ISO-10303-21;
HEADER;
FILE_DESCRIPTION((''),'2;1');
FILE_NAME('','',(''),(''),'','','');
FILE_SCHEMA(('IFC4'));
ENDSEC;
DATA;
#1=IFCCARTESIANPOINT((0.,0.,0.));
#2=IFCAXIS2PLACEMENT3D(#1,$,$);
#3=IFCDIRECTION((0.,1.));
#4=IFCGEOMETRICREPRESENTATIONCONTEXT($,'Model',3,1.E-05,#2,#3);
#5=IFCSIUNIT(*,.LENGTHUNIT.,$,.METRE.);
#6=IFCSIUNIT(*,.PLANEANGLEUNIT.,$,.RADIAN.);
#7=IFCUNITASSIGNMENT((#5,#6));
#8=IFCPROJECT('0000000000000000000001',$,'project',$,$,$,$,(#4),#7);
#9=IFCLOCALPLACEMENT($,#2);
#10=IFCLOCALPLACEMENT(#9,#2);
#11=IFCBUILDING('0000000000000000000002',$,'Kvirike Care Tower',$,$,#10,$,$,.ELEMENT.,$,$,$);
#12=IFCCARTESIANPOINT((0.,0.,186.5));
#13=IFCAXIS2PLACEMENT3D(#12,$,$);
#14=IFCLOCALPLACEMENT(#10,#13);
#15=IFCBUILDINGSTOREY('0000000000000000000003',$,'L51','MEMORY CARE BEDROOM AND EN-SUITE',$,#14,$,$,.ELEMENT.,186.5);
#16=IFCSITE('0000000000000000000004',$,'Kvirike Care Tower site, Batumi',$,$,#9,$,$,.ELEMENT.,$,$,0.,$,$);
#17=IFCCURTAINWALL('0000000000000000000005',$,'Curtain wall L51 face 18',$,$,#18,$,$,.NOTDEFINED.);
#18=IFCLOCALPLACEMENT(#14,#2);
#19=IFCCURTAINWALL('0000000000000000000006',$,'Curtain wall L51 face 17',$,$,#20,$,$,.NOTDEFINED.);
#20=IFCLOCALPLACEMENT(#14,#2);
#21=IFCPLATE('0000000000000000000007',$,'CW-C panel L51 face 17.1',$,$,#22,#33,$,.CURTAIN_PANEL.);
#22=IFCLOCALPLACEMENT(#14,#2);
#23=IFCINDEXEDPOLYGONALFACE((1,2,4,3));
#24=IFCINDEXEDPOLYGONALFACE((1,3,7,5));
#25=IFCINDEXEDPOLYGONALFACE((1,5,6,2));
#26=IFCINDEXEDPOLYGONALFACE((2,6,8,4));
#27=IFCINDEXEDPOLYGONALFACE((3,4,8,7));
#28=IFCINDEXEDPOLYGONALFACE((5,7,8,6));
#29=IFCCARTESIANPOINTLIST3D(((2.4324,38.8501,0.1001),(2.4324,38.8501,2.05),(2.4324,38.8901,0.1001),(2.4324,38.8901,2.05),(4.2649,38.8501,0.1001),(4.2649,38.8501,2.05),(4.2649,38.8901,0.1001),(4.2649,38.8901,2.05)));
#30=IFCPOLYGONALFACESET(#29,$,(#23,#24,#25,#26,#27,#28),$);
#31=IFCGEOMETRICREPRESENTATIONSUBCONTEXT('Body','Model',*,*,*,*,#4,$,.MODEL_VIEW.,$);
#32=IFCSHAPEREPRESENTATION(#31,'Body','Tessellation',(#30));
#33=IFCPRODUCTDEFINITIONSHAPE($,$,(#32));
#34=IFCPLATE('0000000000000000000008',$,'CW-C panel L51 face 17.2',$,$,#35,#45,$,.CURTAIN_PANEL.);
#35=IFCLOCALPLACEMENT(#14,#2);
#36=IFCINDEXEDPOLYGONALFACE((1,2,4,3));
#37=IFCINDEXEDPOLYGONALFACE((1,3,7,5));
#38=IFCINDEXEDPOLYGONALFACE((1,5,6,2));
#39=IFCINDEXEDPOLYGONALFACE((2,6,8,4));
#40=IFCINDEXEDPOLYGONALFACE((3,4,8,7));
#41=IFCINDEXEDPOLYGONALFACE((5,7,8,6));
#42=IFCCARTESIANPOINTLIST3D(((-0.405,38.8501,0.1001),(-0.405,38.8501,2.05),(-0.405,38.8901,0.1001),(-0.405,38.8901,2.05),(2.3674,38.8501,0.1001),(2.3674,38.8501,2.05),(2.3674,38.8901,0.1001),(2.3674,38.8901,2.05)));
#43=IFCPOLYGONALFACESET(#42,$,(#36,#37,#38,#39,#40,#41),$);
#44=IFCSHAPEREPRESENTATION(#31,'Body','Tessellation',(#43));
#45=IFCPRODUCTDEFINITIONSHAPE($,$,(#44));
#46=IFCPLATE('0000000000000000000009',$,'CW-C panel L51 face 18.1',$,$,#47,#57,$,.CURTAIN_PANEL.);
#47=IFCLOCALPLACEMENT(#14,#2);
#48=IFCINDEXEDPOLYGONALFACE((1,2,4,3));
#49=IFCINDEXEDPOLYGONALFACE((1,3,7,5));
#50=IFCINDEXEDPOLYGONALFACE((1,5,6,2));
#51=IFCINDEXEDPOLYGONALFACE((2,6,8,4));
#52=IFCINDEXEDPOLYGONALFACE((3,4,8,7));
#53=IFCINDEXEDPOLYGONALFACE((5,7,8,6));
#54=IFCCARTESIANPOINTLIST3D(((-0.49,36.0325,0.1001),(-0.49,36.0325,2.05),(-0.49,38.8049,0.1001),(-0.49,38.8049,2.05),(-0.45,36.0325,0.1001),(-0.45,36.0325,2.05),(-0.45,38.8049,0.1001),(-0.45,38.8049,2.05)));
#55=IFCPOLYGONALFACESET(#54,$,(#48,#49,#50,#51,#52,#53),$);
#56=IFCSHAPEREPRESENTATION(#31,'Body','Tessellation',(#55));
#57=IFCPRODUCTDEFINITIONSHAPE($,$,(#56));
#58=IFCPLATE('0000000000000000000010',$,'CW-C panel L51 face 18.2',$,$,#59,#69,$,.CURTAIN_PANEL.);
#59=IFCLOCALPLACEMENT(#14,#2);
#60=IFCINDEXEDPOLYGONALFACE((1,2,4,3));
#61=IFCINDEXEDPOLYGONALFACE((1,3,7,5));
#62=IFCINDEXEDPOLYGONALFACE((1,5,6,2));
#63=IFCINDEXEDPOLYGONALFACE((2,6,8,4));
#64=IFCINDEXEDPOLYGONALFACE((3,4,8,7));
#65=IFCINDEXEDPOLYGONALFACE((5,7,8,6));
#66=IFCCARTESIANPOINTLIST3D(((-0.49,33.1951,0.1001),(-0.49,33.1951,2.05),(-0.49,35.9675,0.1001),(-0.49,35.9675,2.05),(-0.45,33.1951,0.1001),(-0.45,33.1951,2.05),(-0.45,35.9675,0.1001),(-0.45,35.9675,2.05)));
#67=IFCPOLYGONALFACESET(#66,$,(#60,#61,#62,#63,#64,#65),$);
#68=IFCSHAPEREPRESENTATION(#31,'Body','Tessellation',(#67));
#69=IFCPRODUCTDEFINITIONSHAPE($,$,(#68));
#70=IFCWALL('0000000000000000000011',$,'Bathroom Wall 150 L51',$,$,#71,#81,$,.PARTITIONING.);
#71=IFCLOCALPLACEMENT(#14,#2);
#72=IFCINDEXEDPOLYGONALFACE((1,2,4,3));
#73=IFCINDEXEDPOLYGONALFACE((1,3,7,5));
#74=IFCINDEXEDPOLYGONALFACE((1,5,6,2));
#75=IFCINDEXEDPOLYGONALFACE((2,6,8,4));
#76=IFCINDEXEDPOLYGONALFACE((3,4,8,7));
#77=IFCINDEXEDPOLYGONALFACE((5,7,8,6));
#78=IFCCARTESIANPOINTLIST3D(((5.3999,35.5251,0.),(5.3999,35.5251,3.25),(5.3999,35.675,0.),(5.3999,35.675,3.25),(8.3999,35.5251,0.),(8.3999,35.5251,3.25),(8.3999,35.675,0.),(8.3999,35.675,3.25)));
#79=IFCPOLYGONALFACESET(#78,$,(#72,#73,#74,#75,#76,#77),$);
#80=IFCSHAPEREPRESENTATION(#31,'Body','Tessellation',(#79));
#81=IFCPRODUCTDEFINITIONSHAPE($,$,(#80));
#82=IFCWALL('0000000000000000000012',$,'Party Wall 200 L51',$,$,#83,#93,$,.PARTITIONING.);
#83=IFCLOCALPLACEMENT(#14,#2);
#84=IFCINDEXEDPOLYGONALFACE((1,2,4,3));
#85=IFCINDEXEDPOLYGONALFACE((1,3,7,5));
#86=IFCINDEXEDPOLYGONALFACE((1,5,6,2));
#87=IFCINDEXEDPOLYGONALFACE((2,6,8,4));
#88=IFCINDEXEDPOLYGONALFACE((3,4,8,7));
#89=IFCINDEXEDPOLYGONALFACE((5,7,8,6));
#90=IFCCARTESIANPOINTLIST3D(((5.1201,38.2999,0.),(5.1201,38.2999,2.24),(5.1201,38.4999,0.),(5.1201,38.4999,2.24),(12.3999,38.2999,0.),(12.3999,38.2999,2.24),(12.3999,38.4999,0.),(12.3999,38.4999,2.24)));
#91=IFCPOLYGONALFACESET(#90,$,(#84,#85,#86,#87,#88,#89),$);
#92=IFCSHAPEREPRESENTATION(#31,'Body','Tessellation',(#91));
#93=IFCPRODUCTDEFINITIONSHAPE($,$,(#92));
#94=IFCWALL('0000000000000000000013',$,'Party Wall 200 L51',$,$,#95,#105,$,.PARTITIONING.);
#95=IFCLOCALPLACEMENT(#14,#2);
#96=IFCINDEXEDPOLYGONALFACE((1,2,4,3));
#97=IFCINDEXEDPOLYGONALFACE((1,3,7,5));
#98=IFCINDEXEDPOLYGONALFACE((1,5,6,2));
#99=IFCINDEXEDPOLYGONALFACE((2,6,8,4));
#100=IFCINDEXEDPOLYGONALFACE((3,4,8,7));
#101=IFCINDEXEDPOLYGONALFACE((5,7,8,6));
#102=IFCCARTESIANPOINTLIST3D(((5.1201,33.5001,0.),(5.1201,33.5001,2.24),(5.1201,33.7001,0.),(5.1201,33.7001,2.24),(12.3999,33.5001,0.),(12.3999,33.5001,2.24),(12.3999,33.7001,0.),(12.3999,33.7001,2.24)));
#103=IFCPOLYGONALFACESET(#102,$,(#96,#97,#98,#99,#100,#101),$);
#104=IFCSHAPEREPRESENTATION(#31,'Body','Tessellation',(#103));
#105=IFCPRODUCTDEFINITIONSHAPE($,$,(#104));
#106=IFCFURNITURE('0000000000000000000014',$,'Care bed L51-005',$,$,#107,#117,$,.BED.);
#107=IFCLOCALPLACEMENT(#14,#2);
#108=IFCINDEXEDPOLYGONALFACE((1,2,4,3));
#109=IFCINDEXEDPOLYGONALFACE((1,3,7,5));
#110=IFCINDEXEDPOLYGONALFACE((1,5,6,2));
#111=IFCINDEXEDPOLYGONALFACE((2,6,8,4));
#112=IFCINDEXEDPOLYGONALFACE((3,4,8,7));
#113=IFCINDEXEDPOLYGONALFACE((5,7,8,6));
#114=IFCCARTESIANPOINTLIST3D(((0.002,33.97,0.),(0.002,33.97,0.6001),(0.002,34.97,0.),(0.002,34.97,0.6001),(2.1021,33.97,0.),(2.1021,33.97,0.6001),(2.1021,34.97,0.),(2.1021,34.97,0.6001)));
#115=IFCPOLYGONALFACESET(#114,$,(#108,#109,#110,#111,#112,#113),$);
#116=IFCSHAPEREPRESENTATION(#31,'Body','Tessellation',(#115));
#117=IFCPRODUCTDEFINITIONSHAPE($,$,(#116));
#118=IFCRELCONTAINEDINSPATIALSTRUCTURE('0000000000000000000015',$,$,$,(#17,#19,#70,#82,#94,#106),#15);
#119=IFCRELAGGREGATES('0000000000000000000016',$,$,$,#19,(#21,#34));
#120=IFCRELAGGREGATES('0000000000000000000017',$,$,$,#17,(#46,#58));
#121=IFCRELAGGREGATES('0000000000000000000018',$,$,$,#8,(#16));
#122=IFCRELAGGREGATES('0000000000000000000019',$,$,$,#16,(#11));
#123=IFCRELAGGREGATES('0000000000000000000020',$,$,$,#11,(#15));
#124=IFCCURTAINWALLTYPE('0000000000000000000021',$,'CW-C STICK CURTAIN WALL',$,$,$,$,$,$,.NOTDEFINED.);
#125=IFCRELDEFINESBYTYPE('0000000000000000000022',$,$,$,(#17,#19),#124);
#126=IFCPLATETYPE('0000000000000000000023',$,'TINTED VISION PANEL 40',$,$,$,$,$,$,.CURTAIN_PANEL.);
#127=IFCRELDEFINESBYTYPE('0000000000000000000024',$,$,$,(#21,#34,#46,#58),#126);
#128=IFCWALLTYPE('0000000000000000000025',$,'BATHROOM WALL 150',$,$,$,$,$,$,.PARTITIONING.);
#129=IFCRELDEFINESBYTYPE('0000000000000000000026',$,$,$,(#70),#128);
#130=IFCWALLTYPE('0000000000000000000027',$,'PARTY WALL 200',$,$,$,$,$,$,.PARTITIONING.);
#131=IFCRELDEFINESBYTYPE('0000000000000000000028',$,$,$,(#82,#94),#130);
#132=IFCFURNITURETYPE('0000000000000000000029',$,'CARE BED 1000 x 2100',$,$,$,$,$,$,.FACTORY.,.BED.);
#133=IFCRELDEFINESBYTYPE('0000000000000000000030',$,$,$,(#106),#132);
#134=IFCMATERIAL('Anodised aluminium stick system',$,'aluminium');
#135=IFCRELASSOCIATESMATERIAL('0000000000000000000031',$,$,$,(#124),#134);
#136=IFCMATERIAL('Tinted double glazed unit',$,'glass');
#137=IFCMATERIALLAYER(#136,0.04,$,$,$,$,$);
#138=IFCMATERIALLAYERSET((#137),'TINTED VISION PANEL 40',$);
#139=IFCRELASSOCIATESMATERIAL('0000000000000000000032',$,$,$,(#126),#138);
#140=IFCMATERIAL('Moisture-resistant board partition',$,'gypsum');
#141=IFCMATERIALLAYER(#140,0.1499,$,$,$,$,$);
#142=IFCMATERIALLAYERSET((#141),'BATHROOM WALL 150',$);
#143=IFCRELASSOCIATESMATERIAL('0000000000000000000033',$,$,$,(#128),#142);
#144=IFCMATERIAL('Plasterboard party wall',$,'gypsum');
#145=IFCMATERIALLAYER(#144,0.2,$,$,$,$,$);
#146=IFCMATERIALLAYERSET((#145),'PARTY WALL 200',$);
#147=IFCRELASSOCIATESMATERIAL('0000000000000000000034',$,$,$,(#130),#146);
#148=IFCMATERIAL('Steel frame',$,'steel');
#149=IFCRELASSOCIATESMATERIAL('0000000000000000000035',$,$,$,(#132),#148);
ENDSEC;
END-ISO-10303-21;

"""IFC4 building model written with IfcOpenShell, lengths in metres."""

from ifc_helpers import new_model, si_unit, direction, frame, frame_2d, origin, origin_2d, place, context, subcontext, project, spatial, rectangle, extrude, material, layer, layer_set, type_object, element, aggregate, save


model = new_model("IFC4")

# Units and contexts
model_context = context("Model", 3, precision=1e-05, world=origin(), true_north=direction((0.0, 1.0)))
body_context = subcontext(model_context, "Body", "Model", "MODEL_VIEW")
ifc_project = project(units=[si_unit("LENGTHUNIT", "METRE"), si_unit("PLANEANGLEUNIT", "RADIAN")], contexts=[model_context])

# Site, building, storey
site_placement = place(None, origin())
site = spatial("IfcSite", under=ifc_project, at=site_placement, Name="Kvirike Care Tower site, Batumi", CompositionType="ELEMENT", RefElevation=0.0)
building_placement = place(site_placement, origin())
building = spatial("IfcBuilding", under=site, at=building_placement, Name="Kvirike Care Tower", CompositionType="ELEMENT")
storey_placement = place(building_placement, frame((0.0, 0.0, 186.5)))
storey = spatial("IfcBuildingStorey", under=building, at=storey_placement, Name="L51", Description="MEMORY CARE BEDROOM AND EN-SUITE", CompositionType="ELEMENT", Elevation=186.5)

# Curtain wall
ifc_material_1 = material(Name="Anodised aluminium stick system", Category="aluminium")
curtain_wall_type = type_object("IfcCurtainWallType", Name="CW-C STICK CURTAIN WALL", PredefinedType="NOTDEFINED", material=ifc_material_1)
curtain_wall_1_placement = place(storey_placement, origin())
curtain_wall_1 = element("IfcCurtainWall", 1, at=curtain_wall_1_placement, inside=storey, type_object=curtain_wall_type, Name="Curtain wall L51 face 18", PredefinedType="NOTDEFINED")

# Curtain wall
curtain_wall_2_placement = place(storey_placement, origin())
curtain_wall_2 = element("IfcCurtainWall", 2, at=curtain_wall_2_placement, inside=storey, type_object=curtain_wall_type, Name="Curtain wall L51 face 17", PredefinedType="NOTDEFINED")

# Plates
ifc_material_2 = material(Name="Tinted double glazed unit", Category="glass")
ifc_layer_1 = layer(ifc_material_2, 0.04)
ifc_layer_set_1 = layer_set([ifc_layer_1], Name="TINTED VISION PANEL 40")
plate_type = type_object("IfcPlateType", Name="TINTED VISION PANEL 40", PredefinedType="CURTAIN_PANEL", material=ifc_layer_set_1)
plate_1_placement = place(storey_placement, frame((3.3486, 38.8701, 0.1001), z_axis=(0.0, 0.0, 1.0), x_axis=(-1.0, 0.0, 0.0)))
plate_1 = element("IfcPlate", 3, at=plate_1_placement, type_object=plate_type, Name="CW-C panel L51 face 17.1", PredefinedType="CURTAIN_PANEL", context=body_context, shape_type="SweptSolid", body=[
    extrude(rectangle(XDim=1.8325, YDim=0.04, at=origin_2d()), origin(), (0.0, 0.0, 1.0), 1.95),
])
plate_2_placement = place(storey_placement, frame((0.9812, 38.8701, 0.1001), z_axis=(0.0, 0.0, 1.0), x_axis=(-1.0, 0.0, 0.0)))
plate_2 = element("IfcPlate", 4, at=plate_2_placement, type_object=plate_type, Name="CW-C panel L51 face 17.2", PredefinedType="CURTAIN_PANEL", context=body_context, shape_type="SweptSolid", body=[
    extrude(rectangle(XDim=2.7725, YDim=0.04, at=origin_2d()), origin(), (0.0, 0.0, 1.0), 1.95),
])
aggregate(curtain_wall_2, [plate_1, plate_2])
plate_3_placement = place(storey_placement, frame((-0.47, 37.4187, 0.1001), z_axis=(0.0, 0.0, 1.0), x_axis=(0.0, -1.0, 0.0)))
plate_3 = element("IfcPlate", 5, at=plate_3_placement, type_object=plate_type, Name="CW-C panel L51 face 18.1", PredefinedType="CURTAIN_PANEL", context=body_context, shape_type="SweptSolid", body=[
    extrude(rectangle(XDim=2.7725, YDim=0.04, at=origin_2d()), origin(), (0.0, 0.0, 1.0), 1.95),
])
plate_4_placement = place(storey_placement, frame((-0.47, 34.5813, 0.1001), z_axis=(0.0, 0.0, 1.0), x_axis=(0.0, -1.0, 0.0)))
plate_4 = element("IfcPlate", 6, at=plate_4_placement, type_object=plate_type, Name="CW-C panel L51 face 18.2", PredefinedType="CURTAIN_PANEL", context=body_context, shape_type="SweptSolid", body=[
    extrude(rectangle(XDim=2.7725, YDim=0.04, at=origin_2d()), origin(), (0.0, 0.0, 1.0), 1.95),
])
aggregate(curtain_wall_1, [plate_3, plate_4])

# Walls
ifc_material_3 = material(Name="Moisture-resistant board partition", Category="gypsum")
ifc_layer_2 = layer(ifc_material_3, 0.1499)
ifc_layer_set_2 = layer_set([ifc_layer_2], Name="BATHROOM WALL 150")
wall_type_1 = type_object("IfcWallType", Name="BATHROOM WALL 150", PredefinedType="PARTITIONING", material=ifc_layer_set_2)
wall_placement = place(storey_placement, frame((5.3999, 35.6001, 0.0), z_axis=(0.0, 0.0, 1.0), x_axis=(1.0, 0.0, 0.0)))
element("IfcWall", 7, at=wall_placement, inside=storey, type_object=wall_type_1, Name="Bathroom Wall 150 L51", PredefinedType="PARTITIONING", context=body_context, shape_type="SweptSolid", body=[
    extrude(rectangle(XDim=3.0, YDim=0.1499, at=frame_2d((1.5, 0.0))), origin(), (0.0, 0.0, 1.0), 3.25),
])
ifc_material_4 = material(Name="Plasterboard party wall", Category="gypsum")
ifc_layer_3 = layer(ifc_material_4, 0.2)
ifc_layer_set_3 = layer_set([ifc_layer_3], Name="PARTY WALL 200")
wall_type_2 = type_object("IfcWallType", Name="PARTY WALL 200", PredefinedType="PARTITIONING", material=ifc_layer_set_3)
for number, where, z_axis, x_axis, name in (
    (8, (5.1201, 38.3999, 0.0), (0.0, 0.0, 1.0), (1.0, 0.0, 0.0), "Party Wall 200 L51"),
    (9, (5.1201, 33.6001, 0.0), (0.0, 0.0, 1.0), (1.0, 0.0, 0.0), "Party Wall 200 L51"),
):
    element("IfcWall", number, at=place(storey_placement, frame(where, z_axis=z_axis, x_axis=x_axis)), inside=storey, type_object=wall_type_2, Name=name, PredefinedType="PARTITIONING", context=body_context, shape_type="SweptSolid", body=[
        extrude(rectangle(XDim=7.2798, YDim=0.2, at=frame_2d((3.6399, 0.0))), origin(), (0.0, 0.0, 1.0), 2.24),
    ])

# Furniture
ifc_material_5 = material(Name="Steel frame", Category="steel")
furniture_type = type_object("IfcFurnitureType", Name="CARE BED 1000 x 2100", AssemblyPlace="FACTORY", PredefinedType="BED", material=ifc_material_5)
furniture_placement = place(storey_placement, frame((1.052, 34.47, 0.0), z_axis=(0.0, 0.0, 1.0), x_axis=(0.0, 1.0, 0.0)))
element("IfcFurniture", 10, at=furniture_placement, inside=storey, type_object=furniture_type, Name="Care bed L51-005", PredefinedType="BED", context=body_context, shape_type="SweptSolid", body=[
    extrude(rectangle(XDim=1.0, YDim=2.1001, at=origin_2d()), origin(), (0.0, 0.0, 1.0), 0.6001),
])

save(model, "model.ifc")
